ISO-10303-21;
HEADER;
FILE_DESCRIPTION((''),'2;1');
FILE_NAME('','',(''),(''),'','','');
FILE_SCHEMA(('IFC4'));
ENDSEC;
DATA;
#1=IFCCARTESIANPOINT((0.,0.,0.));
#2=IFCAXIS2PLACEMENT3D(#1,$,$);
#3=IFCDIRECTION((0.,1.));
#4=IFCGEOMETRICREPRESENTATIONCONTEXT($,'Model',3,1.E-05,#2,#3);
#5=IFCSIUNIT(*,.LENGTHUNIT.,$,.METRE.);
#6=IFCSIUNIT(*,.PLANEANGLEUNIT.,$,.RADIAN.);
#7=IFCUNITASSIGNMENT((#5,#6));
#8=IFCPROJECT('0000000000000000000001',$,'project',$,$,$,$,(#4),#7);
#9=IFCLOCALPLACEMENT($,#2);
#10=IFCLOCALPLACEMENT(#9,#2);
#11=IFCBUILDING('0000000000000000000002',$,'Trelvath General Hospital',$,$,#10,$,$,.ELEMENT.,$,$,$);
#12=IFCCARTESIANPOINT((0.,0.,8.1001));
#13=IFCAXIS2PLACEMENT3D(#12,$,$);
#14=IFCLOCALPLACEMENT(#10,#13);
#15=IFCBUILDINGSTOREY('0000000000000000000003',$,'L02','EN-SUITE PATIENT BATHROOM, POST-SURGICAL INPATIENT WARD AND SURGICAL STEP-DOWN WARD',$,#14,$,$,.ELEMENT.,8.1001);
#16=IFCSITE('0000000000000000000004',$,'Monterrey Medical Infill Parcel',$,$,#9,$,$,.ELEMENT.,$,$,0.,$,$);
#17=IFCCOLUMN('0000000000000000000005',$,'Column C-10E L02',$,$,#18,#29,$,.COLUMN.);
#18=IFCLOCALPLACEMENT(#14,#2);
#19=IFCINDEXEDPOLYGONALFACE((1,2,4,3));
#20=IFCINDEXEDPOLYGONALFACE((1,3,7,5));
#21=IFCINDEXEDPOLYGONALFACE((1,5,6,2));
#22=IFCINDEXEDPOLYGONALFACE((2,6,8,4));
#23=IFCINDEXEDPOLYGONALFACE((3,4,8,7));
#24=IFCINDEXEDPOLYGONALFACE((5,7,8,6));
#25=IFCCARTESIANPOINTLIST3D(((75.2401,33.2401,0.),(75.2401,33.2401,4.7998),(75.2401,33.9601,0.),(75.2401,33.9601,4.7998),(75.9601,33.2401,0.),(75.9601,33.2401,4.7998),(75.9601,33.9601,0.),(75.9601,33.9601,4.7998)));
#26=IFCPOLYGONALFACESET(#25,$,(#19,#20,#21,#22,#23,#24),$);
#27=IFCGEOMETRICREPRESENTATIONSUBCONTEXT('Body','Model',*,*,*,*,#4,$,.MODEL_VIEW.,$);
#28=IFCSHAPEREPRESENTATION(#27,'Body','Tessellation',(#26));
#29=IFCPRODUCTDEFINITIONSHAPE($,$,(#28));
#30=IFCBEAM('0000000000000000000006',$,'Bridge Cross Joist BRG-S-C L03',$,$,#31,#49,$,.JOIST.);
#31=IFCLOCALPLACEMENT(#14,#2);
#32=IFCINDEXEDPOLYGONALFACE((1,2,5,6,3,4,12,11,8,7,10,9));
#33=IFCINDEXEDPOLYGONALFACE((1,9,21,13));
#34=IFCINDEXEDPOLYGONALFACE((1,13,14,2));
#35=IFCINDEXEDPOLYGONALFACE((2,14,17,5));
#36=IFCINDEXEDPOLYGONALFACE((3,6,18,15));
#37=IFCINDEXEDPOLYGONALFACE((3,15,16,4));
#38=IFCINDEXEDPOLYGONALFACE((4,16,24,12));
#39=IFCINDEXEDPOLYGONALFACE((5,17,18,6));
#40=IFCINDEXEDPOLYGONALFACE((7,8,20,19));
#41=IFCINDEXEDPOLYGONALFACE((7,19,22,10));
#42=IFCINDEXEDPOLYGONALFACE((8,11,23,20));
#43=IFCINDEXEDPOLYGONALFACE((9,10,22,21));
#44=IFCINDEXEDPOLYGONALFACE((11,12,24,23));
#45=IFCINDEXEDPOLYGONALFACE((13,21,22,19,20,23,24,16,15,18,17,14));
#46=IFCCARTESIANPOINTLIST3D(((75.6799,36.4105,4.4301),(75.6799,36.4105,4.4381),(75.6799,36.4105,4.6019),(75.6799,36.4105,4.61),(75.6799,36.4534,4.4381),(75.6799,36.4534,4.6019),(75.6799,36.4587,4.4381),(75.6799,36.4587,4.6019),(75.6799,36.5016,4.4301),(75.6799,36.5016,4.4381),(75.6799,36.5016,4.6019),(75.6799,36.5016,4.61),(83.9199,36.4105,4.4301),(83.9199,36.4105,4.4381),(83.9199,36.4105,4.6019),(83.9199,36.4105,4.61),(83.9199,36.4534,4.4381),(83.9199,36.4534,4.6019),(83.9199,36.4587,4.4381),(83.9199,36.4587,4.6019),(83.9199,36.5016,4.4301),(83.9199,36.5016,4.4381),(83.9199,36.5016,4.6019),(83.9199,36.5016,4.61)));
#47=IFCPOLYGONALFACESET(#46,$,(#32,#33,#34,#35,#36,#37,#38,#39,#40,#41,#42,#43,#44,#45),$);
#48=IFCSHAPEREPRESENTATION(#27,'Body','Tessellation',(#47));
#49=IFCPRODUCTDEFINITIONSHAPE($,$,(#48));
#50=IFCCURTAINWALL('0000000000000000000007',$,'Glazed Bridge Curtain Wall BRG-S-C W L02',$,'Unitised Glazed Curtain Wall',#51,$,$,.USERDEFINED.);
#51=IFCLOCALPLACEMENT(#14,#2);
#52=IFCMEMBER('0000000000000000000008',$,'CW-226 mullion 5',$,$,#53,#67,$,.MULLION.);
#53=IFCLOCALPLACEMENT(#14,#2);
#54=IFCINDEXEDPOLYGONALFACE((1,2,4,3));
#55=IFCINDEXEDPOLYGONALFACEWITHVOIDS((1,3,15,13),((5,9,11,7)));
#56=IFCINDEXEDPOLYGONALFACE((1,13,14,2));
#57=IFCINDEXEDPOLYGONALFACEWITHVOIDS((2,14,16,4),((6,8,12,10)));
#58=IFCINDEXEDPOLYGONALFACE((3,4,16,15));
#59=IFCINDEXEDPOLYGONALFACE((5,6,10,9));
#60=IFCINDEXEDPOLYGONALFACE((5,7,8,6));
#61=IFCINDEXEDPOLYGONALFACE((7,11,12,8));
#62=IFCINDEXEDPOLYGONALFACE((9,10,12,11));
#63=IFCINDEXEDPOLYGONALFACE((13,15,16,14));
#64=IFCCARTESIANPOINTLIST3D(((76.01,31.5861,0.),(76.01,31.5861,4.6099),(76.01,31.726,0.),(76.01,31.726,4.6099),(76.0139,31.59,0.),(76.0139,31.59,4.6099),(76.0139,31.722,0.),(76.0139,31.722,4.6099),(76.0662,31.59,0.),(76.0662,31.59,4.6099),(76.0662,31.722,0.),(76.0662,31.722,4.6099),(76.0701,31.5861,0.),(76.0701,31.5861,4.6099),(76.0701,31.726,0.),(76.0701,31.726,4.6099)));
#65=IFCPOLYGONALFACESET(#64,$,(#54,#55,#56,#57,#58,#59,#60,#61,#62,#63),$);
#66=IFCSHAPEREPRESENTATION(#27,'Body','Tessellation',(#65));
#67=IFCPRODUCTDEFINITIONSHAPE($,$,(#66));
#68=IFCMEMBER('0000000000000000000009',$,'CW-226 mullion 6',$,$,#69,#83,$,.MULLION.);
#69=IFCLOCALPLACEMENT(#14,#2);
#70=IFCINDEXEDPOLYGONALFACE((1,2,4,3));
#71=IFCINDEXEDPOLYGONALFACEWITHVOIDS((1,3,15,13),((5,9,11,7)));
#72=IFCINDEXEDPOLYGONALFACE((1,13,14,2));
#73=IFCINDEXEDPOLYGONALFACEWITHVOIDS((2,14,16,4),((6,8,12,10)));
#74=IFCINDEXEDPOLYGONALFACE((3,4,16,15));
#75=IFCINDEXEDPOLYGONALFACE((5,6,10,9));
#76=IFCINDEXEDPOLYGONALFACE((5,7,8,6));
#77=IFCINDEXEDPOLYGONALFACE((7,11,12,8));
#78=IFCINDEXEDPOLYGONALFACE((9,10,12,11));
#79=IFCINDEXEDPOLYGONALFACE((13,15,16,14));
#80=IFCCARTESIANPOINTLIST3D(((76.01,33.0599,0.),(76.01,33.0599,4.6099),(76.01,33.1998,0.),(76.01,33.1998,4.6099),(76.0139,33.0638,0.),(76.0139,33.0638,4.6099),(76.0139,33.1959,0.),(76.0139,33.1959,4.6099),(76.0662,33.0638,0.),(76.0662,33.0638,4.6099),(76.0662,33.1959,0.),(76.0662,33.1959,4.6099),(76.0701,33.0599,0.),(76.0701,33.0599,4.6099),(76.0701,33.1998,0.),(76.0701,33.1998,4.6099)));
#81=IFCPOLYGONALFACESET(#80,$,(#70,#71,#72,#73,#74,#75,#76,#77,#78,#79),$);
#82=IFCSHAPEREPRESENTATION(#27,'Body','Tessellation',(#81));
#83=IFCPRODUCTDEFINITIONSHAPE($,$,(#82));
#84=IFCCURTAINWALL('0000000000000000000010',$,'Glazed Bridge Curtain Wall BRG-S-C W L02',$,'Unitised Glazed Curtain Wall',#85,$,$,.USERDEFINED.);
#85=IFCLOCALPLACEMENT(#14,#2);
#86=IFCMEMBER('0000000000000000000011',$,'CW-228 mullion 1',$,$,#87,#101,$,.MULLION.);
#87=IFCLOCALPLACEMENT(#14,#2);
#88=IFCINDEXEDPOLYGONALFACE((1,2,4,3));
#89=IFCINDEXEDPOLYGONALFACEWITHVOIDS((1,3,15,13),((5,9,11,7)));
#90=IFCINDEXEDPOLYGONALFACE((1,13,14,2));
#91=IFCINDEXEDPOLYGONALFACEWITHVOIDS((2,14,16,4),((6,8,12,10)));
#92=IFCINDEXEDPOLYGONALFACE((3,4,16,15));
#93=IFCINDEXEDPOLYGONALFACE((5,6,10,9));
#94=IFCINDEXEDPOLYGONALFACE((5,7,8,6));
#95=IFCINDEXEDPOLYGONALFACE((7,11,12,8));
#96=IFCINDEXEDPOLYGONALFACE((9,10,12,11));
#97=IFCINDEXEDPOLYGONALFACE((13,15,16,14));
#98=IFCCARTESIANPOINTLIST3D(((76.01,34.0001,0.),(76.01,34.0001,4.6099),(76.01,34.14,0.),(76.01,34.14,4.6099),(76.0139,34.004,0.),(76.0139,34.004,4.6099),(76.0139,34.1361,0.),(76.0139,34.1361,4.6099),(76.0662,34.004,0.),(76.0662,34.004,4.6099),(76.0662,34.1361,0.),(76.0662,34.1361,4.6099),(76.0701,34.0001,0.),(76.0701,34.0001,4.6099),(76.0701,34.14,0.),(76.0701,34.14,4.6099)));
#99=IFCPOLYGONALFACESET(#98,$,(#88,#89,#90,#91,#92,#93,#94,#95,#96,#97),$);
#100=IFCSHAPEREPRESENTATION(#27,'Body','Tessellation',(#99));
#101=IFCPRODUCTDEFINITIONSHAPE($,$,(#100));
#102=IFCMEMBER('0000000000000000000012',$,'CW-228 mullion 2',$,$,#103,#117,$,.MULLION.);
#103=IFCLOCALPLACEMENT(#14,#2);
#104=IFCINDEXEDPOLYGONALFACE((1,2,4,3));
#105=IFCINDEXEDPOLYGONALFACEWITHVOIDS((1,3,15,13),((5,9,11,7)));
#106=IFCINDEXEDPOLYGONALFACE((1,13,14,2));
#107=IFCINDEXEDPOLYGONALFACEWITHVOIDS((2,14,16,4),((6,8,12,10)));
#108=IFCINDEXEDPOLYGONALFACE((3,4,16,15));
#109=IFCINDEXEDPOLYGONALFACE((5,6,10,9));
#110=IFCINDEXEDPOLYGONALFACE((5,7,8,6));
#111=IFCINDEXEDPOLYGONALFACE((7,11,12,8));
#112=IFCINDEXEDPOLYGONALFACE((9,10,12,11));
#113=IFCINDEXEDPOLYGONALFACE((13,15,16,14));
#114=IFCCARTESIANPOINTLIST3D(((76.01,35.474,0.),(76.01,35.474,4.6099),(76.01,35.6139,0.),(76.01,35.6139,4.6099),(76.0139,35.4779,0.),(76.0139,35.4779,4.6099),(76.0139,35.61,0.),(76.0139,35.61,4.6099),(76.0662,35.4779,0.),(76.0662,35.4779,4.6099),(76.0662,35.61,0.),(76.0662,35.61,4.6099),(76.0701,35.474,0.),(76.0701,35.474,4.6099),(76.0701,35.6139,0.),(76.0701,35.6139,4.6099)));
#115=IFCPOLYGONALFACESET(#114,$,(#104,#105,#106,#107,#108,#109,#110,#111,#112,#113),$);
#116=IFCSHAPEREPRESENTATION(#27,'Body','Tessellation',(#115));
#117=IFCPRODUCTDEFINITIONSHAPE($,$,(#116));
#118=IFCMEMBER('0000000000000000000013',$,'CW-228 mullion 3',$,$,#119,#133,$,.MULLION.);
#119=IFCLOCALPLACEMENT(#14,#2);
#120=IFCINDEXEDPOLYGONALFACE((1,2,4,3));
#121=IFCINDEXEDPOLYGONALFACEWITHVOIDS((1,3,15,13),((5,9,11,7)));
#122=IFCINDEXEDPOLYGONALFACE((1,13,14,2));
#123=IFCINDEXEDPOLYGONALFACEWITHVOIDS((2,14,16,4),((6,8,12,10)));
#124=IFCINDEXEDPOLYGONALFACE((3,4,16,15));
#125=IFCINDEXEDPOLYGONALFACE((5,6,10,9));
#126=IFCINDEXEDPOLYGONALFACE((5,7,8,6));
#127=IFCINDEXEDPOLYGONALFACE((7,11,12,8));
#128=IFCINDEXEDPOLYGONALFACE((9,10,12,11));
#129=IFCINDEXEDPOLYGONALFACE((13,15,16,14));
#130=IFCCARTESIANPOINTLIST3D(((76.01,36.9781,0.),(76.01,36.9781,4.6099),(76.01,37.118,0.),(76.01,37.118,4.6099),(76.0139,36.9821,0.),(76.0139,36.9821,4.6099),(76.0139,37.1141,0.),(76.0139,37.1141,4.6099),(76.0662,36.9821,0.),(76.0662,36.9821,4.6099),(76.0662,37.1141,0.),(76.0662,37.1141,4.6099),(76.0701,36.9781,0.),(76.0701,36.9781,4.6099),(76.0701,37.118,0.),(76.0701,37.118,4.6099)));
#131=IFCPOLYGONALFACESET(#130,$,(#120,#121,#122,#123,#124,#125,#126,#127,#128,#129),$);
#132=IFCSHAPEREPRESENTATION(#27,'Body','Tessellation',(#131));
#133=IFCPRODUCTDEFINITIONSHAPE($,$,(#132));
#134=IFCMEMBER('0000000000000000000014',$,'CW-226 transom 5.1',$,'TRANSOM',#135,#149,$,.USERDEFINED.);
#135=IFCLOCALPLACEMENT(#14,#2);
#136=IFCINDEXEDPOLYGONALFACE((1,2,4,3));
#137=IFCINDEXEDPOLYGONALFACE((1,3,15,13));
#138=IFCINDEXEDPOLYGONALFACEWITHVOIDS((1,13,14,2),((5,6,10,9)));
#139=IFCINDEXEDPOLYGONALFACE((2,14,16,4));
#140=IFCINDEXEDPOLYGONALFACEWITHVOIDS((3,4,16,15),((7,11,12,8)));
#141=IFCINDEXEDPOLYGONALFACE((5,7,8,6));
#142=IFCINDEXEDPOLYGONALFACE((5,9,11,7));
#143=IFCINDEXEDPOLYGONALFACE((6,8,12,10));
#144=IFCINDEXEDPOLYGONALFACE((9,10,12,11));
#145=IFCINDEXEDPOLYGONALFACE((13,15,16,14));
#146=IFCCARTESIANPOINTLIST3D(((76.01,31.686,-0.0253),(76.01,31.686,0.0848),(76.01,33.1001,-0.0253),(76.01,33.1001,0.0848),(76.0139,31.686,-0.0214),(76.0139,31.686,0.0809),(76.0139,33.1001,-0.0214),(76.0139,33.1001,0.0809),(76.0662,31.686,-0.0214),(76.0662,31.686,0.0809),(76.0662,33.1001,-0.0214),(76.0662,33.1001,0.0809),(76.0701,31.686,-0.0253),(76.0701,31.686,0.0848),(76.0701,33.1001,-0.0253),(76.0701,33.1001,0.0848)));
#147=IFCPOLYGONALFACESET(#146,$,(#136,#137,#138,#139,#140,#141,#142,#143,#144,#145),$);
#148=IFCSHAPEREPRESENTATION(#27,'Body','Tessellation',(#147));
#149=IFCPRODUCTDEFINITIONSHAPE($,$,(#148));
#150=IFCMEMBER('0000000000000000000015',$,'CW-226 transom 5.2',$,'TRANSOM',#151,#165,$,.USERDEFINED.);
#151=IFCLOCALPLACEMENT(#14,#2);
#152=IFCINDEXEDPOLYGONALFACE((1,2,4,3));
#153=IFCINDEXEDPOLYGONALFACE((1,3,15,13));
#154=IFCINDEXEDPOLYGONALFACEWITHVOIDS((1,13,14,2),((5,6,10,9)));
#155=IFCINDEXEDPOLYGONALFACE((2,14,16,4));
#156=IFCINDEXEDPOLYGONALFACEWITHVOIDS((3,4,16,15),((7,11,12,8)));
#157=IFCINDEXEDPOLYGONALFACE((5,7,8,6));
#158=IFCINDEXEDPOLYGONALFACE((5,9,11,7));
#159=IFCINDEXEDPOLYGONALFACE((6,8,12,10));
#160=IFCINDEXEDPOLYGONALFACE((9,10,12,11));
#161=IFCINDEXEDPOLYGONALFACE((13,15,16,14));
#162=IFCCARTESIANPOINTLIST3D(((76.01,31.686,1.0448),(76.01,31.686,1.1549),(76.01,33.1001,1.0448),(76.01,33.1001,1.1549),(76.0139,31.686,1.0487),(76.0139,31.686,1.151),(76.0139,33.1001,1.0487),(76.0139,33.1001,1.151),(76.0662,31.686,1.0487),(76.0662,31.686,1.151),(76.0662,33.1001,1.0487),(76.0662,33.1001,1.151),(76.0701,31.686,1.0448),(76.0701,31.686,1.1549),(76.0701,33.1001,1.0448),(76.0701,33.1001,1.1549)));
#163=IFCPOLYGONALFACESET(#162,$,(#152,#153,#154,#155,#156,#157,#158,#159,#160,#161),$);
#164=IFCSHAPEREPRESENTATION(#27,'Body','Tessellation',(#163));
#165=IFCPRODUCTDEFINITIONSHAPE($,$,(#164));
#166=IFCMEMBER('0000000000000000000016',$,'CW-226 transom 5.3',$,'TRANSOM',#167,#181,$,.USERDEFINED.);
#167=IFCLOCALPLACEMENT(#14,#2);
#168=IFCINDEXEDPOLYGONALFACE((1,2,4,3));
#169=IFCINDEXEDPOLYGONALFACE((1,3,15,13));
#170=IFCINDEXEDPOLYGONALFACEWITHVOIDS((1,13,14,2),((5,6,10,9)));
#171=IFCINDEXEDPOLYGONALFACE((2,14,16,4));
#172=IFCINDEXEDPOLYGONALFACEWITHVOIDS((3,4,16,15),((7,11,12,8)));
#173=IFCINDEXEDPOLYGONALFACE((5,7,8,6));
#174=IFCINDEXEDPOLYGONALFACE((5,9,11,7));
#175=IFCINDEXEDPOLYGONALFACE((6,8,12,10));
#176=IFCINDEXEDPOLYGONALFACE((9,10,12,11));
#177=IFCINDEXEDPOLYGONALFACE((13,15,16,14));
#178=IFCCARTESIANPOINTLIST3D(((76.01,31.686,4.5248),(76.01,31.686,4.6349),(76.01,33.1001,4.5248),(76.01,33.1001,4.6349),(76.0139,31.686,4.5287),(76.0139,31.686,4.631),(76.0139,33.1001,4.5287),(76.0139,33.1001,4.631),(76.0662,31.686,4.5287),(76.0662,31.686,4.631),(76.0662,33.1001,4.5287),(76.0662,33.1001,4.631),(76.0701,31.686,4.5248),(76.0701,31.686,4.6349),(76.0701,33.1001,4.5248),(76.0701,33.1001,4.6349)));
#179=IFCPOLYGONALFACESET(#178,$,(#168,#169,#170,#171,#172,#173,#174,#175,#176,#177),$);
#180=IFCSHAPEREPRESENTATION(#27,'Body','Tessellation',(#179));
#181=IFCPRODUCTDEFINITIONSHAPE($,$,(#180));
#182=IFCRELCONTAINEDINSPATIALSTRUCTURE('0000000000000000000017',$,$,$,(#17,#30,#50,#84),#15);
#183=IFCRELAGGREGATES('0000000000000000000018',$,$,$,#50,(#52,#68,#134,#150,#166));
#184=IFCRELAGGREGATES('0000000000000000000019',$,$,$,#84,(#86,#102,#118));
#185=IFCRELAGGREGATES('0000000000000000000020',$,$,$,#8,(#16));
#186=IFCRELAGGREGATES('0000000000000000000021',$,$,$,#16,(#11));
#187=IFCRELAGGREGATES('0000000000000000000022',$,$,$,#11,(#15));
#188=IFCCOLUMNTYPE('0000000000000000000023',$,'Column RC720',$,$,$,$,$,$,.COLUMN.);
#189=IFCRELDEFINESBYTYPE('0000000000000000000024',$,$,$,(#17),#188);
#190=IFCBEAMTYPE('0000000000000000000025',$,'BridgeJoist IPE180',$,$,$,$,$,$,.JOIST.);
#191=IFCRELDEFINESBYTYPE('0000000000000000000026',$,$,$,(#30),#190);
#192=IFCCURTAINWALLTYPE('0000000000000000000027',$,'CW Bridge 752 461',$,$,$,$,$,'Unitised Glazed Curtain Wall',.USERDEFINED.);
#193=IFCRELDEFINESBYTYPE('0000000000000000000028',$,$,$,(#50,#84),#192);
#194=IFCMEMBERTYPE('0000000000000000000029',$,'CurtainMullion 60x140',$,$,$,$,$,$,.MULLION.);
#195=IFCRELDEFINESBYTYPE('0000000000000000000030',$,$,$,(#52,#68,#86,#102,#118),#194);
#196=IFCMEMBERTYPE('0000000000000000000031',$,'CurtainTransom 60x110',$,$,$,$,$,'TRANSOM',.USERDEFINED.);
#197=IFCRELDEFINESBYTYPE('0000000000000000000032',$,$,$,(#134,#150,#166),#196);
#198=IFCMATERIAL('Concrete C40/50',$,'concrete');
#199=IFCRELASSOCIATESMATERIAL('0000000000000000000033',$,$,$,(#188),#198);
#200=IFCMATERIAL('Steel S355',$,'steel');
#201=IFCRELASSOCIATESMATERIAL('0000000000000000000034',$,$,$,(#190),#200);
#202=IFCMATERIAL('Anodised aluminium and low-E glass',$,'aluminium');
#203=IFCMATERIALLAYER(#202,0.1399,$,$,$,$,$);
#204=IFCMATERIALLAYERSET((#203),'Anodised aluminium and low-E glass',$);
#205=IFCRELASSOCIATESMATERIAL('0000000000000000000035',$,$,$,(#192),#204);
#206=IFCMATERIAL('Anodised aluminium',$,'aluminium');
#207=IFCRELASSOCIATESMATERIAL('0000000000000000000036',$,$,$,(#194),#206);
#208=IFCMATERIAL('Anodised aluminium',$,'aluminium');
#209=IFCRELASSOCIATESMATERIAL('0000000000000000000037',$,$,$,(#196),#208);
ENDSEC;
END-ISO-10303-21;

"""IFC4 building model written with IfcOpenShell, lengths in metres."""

from ifc_helpers import new_model, si_unit, direction, frame, origin, origin_2d, place, context, subcontext, project, spatial, rectangle, hollow_rectangle, i_section, extrude, material, layer, layer_set, material_profile, profile_set, type_object, element, aggregate, save


model = new_model("IFC4")

# Units and contexts
model_context = context("Model", 3, precision=1e-05, world=origin(), true_north=direction((0.0, 1.0)))
body_context = subcontext(model_context, "Body", "Model", "MODEL_VIEW")
ifc_project = project(units=[si_unit("LENGTHUNIT", "METRE"), si_unit("PLANEANGLEUNIT", "RADIAN")], contexts=[model_context])

# Site, building, storey
site_placement = place(None, origin())
site = spatial("IfcSite", under=ifc_project, at=site_placement, Name="Monterrey Medical Infill Parcel", CompositionType="ELEMENT", RefElevation=0.0)
building_placement = place(site_placement, origin())
building = spatial("IfcBuilding", under=site, at=building_placement, Name="Trelvath General Hospital", CompositionType="ELEMENT")
storey_placement = place(building_placement, frame((0.0, 0.0, 8.1001)))
storey = spatial("IfcBuildingStorey", under=building, at=storey_placement, Name="L02", Description="EN-SUITE PATIENT BATHROOM, POST-SURGICAL INPATIENT WARD AND SURGICAL STEP-DOWN WARD", CompositionType="ELEMENT", Elevation=8.1001)

# Column
ifc_material_1 = material(Name="Concrete C40/50", Category="concrete")
ifc_material_profile_1 = material_profile(ifc_material_1, rectangle(XDim=0.72, YDim=0.72, at=origin_2d()), Name="RC720x720")
ifc_profile_set_1 = profile_set([ifc_material_profile_1], Name="Concrete C40/50")
column_type = type_object("IfcColumnType", Name="Column RC720", PredefinedType="COLUMN", material=ifc_profile_set_1)
column_placement = place(storey_placement, frame((75.6001, 33.6001, 0.0), z_axis=(0.0, 0.0, 1.0), x_axis=(1.0, 0.0, 0.0)))
element("IfcColumn", 1, at=column_placement, inside=storey, type_object=column_type, Name="Column C-10E L02", PredefinedType="COLUMN", context=body_context, shape_type="SweptSolid", body=[
    extrude(rectangle(XDim=0.72, YDim=0.72, at=origin_2d()), origin(), (0.0, 0.0, 1.0), 4.7998),
])

# Beam
ifc_material_2 = material(Name="Steel S355", Category="steel")
ifc_material_profile_2 = material_profile(ifc_material_2, i_section(OverallWidth=0.0911, OverallDepth=0.1799, WebThickness=0.0054, FlangeThickness=0.0081, at=origin_2d()), Name="IPE180")
ifc_profile_set_2 = profile_set([ifc_material_profile_2], Name="Steel S355")
beam_type = type_object("IfcBeamType", Name="BridgeJoist IPE180", PredefinedType="JOIST", material=ifc_profile_set_2)
beam_placement = place(storey_placement, frame((75.6799, 36.4561, 4.52), z_axis=(1.0, 0.0, 0.0), x_axis=(0.0, 1.0, 0.0)))
element("IfcBeam", 2, at=beam_placement, inside=storey, type_object=beam_type, Name="Bridge Cross Joist BRG-S-C L03", PredefinedType="JOIST", context=body_context, shape_type="SweptSolid", body=[
    extrude(i_section(OverallWidth=0.0911, OverallDepth=0.1799, WebThickness=0.0054, FlangeThickness=0.0081, at=origin_2d()), origin(), (0.0, 0.0, 1.0), 8.24),
])

# Curtain walls, members
ifc_material_3 = material(Name="Anodised aluminium and low-E glass", Category="aluminium")
ifc_layer_1 = layer(ifc_material_3, 0.1399)
ifc_layer_set_1 = layer_set([ifc_layer_1], Name="Anodised aluminium and low-E glass")
curtain_wall_type = type_object("IfcCurtainWallType", Name="CW Bridge 752 461", ElementType="Unitised Glazed Curtain Wall", PredefinedType="USERDEFINED", material=ifc_layer_set_1)
curtain_wall_1_placement = place(storey_placement, origin())
curtain_wall_1 = element("IfcCurtainWall", 3, at=curtain_wall_1_placement, inside=storey, type_object=curtain_wall_type, Name="Glazed Bridge Curtain Wall BRG-S-C W L02", ObjectType="Unitised Glazed Curtain Wall", PredefinedType="USERDEFINED")
ifc_material_4 = material(Name="Anodised aluminium", Category="aluminium")
ifc_material_profile_3 = material_profile(ifc_material_4, hollow_rectangle(XDim=0.0601, YDim=0.1399, WallThickness=0.0039, at=origin_2d()), Name="RHS60x140x4")
ifc_profile_set_3 = profile_set([ifc_material_profile_3], Name="Anodised aluminium")
member_type_1 = type_object("IfcMemberType", Name="CurtainMullion 60x140", PredefinedType="MULLION", material=ifc_profile_set_3)
member_1_placement = place(storey_placement, frame((76.04, 31.656, 0.0), z_axis=(0.0, 0.0, 1.0), x_axis=(-1.0, 0.0, 0.0)))
member_1 = element("IfcMember", 4, at=member_1_placement, type_object=member_type_1, Name="CW-226 mullion 5", PredefinedType="MULLION", context=body_context, shape_type="SweptSolid", body=[
    extrude(hollow_rectangle(XDim=0.0601, YDim=0.1399, WallThickness=0.0039, at=origin_2d()), origin(), (0.0, 0.0, 1.0), 4.6099),
])
member_2_placement = place(storey_placement, frame((76.04, 33.1299, 0.0), z_axis=(0.0, 0.0, 1.0), x_axis=(-1.0, 0.0, 0.0)))
member_2 = element("IfcMember", 5, at=member_2_placement, type_object=member_type_1, Name="CW-226 mullion 6", PredefinedType="MULLION", context=body_context, shape_type="SweptSolid", body=[
    extrude(hollow_rectangle(XDim=0.0601, YDim=0.1399, WallThickness=0.0039, at=origin_2d()), origin(), (0.0, 0.0, 1.0), 4.6099),
])
curtain_wall_2_placement = place(storey_placement, origin())
curtain_wall_2 = element("IfcCurtainWall", 6, at=curtain_wall_2_placement, inside=storey, type_object=curtain_wall_type, Name="Glazed Bridge Curtain Wall BRG-S-C W L02", ObjectType="Unitised Glazed Curtain Wall", PredefinedType="USERDEFINED")
member_3_placement = place(storey_placement, frame((76.04, 34.0701, 0.0), z_axis=(0.0, 0.0, 1.0), x_axis=(-1.0, 0.0, 0.0)))
member_3 = element("IfcMember", 7, at=member_3_placement, type_object=member_type_1, Name="CW-228 mullion 1", PredefinedType="MULLION", context=body_context, shape_type="SweptSolid", body=[
    extrude(hollow_rectangle(XDim=0.0601, YDim=0.1399, WallThickness=0.0039, at=origin_2d()), origin(), (0.0, 0.0, 1.0), 4.6099),
])
member_4_placement = place(storey_placement, frame((76.04, 35.5439, 0.0), z_axis=(0.0, 0.0, 1.0), x_axis=(-1.0, 0.0, 0.0)))
member_4 = element("IfcMember", 8, at=member_4_placement, type_object=member_type_1, Name="CW-228 mullion 2", PredefinedType="MULLION", context=body_context, shape_type="SweptSolid", body=[
    extrude(hollow_rectangle(XDim=0.0601, YDim=0.1399, WallThickness=0.0039, at=origin_2d()), origin(), (0.0, 0.0, 1.0), 4.6099),
])
member_5_placement = place(storey_placement, frame((76.04, 37.0481, 0.0), z_axis=(0.0, 0.0, 1.0), x_axis=(-1.0, 0.0, 0.0)))
member_5 = element("IfcMember", 9, at=member_5_placement, type_object=member_type_1, Name="CW-228 mullion 3", PredefinedType="MULLION", context=body_context, shape_type="SweptSolid", body=[
    extrude(hollow_rectangle(XDim=0.0601, YDim=0.1399, WallThickness=0.0039, at=origin_2d()), origin(), (0.0, 0.0, 1.0), 4.6099),
])

# Members
ifc_material_5 = material(Name="Anodised aluminium", Category="aluminium")
ifc_material_profile_4 = material_profile(ifc_material_5, hollow_rectangle(XDim=0.0601, YDim=0.1101, WallThickness=0.0039, at=origin_2d()), Name="RHS60x110x4")
ifc_profile_set_4 = profile_set([ifc_material_profile_4], Name="Anodised aluminium")
member_type_2 = type_object("IfcMemberType", Name="CurtainTransom 60x110", ElementType="TRANSOM", PredefinedType="USERDEFINED", material=ifc_profile_set_4)
member_6_placement = place(storey_placement, frame((76.04, 31.686, 0.0298), z_axis=(0.0, 1.0, 0.0), x_axis=(-1.0, 0.0, 0.0)))
member_6 = element("IfcMember", 10, at=member_6_placement, type_object=member_type_2, Name="CW-226 transom 5.1", ObjectType="TRANSOM", PredefinedType="USERDEFINED", context=body_context, shape_type="SweptSolid", body=[
    extrude(hollow_rectangle(XDim=0.0601, YDim=0.1101, WallThickness=0.0039, at=origin_2d()), origin(), (0.0, 0.0, 1.0), 1.4141),
])
member_7_placement = place(storey_placement, frame((76.04, 31.686, 1.0999), z_axis=(0.0, 1.0, 0.0), x_axis=(-1.0, 0.0, 0.0)))
member_7 = element("IfcMember", 11, at=member_7_placement, type_object=member_type_2, Name="CW-226 transom 5.2", ObjectType="TRANSOM", PredefinedType="USERDEFINED", context=body_context, shape_type="SweptSolid", body=[
    extrude(hollow_rectangle(XDim=0.0601, YDim=0.1101, WallThickness=0.0039, at=origin_2d()), origin(), (0.0, 0.0, 1.0), 1.4141),
])
member_8_placement = place(storey_placement, frame((76.04, 31.686, 4.5798), z_axis=(0.0, 1.0, 0.0), x_axis=(-1.0, 0.0, 0.0)))
member_8 = element("IfcMember", 12, at=member_8_placement, type_object=member_type_2, Name="CW-226 transom 5.3", ObjectType="TRANSOM", PredefinedType="USERDEFINED", context=body_context, shape_type="SweptSolid", body=[
    extrude(hollow_rectangle(XDim=0.0601, YDim=0.1101, WallThickness=0.0039, at=origin_2d()), origin(), (0.0, 0.0, 1.0), 1.4141),
])

aggregate(curtain_wall_1, [member_1, member_2, member_6, member_7, member_8])
aggregate(curtain_wall_2, [member_3, member_4, member_5])

save(model, "model.ifc")
